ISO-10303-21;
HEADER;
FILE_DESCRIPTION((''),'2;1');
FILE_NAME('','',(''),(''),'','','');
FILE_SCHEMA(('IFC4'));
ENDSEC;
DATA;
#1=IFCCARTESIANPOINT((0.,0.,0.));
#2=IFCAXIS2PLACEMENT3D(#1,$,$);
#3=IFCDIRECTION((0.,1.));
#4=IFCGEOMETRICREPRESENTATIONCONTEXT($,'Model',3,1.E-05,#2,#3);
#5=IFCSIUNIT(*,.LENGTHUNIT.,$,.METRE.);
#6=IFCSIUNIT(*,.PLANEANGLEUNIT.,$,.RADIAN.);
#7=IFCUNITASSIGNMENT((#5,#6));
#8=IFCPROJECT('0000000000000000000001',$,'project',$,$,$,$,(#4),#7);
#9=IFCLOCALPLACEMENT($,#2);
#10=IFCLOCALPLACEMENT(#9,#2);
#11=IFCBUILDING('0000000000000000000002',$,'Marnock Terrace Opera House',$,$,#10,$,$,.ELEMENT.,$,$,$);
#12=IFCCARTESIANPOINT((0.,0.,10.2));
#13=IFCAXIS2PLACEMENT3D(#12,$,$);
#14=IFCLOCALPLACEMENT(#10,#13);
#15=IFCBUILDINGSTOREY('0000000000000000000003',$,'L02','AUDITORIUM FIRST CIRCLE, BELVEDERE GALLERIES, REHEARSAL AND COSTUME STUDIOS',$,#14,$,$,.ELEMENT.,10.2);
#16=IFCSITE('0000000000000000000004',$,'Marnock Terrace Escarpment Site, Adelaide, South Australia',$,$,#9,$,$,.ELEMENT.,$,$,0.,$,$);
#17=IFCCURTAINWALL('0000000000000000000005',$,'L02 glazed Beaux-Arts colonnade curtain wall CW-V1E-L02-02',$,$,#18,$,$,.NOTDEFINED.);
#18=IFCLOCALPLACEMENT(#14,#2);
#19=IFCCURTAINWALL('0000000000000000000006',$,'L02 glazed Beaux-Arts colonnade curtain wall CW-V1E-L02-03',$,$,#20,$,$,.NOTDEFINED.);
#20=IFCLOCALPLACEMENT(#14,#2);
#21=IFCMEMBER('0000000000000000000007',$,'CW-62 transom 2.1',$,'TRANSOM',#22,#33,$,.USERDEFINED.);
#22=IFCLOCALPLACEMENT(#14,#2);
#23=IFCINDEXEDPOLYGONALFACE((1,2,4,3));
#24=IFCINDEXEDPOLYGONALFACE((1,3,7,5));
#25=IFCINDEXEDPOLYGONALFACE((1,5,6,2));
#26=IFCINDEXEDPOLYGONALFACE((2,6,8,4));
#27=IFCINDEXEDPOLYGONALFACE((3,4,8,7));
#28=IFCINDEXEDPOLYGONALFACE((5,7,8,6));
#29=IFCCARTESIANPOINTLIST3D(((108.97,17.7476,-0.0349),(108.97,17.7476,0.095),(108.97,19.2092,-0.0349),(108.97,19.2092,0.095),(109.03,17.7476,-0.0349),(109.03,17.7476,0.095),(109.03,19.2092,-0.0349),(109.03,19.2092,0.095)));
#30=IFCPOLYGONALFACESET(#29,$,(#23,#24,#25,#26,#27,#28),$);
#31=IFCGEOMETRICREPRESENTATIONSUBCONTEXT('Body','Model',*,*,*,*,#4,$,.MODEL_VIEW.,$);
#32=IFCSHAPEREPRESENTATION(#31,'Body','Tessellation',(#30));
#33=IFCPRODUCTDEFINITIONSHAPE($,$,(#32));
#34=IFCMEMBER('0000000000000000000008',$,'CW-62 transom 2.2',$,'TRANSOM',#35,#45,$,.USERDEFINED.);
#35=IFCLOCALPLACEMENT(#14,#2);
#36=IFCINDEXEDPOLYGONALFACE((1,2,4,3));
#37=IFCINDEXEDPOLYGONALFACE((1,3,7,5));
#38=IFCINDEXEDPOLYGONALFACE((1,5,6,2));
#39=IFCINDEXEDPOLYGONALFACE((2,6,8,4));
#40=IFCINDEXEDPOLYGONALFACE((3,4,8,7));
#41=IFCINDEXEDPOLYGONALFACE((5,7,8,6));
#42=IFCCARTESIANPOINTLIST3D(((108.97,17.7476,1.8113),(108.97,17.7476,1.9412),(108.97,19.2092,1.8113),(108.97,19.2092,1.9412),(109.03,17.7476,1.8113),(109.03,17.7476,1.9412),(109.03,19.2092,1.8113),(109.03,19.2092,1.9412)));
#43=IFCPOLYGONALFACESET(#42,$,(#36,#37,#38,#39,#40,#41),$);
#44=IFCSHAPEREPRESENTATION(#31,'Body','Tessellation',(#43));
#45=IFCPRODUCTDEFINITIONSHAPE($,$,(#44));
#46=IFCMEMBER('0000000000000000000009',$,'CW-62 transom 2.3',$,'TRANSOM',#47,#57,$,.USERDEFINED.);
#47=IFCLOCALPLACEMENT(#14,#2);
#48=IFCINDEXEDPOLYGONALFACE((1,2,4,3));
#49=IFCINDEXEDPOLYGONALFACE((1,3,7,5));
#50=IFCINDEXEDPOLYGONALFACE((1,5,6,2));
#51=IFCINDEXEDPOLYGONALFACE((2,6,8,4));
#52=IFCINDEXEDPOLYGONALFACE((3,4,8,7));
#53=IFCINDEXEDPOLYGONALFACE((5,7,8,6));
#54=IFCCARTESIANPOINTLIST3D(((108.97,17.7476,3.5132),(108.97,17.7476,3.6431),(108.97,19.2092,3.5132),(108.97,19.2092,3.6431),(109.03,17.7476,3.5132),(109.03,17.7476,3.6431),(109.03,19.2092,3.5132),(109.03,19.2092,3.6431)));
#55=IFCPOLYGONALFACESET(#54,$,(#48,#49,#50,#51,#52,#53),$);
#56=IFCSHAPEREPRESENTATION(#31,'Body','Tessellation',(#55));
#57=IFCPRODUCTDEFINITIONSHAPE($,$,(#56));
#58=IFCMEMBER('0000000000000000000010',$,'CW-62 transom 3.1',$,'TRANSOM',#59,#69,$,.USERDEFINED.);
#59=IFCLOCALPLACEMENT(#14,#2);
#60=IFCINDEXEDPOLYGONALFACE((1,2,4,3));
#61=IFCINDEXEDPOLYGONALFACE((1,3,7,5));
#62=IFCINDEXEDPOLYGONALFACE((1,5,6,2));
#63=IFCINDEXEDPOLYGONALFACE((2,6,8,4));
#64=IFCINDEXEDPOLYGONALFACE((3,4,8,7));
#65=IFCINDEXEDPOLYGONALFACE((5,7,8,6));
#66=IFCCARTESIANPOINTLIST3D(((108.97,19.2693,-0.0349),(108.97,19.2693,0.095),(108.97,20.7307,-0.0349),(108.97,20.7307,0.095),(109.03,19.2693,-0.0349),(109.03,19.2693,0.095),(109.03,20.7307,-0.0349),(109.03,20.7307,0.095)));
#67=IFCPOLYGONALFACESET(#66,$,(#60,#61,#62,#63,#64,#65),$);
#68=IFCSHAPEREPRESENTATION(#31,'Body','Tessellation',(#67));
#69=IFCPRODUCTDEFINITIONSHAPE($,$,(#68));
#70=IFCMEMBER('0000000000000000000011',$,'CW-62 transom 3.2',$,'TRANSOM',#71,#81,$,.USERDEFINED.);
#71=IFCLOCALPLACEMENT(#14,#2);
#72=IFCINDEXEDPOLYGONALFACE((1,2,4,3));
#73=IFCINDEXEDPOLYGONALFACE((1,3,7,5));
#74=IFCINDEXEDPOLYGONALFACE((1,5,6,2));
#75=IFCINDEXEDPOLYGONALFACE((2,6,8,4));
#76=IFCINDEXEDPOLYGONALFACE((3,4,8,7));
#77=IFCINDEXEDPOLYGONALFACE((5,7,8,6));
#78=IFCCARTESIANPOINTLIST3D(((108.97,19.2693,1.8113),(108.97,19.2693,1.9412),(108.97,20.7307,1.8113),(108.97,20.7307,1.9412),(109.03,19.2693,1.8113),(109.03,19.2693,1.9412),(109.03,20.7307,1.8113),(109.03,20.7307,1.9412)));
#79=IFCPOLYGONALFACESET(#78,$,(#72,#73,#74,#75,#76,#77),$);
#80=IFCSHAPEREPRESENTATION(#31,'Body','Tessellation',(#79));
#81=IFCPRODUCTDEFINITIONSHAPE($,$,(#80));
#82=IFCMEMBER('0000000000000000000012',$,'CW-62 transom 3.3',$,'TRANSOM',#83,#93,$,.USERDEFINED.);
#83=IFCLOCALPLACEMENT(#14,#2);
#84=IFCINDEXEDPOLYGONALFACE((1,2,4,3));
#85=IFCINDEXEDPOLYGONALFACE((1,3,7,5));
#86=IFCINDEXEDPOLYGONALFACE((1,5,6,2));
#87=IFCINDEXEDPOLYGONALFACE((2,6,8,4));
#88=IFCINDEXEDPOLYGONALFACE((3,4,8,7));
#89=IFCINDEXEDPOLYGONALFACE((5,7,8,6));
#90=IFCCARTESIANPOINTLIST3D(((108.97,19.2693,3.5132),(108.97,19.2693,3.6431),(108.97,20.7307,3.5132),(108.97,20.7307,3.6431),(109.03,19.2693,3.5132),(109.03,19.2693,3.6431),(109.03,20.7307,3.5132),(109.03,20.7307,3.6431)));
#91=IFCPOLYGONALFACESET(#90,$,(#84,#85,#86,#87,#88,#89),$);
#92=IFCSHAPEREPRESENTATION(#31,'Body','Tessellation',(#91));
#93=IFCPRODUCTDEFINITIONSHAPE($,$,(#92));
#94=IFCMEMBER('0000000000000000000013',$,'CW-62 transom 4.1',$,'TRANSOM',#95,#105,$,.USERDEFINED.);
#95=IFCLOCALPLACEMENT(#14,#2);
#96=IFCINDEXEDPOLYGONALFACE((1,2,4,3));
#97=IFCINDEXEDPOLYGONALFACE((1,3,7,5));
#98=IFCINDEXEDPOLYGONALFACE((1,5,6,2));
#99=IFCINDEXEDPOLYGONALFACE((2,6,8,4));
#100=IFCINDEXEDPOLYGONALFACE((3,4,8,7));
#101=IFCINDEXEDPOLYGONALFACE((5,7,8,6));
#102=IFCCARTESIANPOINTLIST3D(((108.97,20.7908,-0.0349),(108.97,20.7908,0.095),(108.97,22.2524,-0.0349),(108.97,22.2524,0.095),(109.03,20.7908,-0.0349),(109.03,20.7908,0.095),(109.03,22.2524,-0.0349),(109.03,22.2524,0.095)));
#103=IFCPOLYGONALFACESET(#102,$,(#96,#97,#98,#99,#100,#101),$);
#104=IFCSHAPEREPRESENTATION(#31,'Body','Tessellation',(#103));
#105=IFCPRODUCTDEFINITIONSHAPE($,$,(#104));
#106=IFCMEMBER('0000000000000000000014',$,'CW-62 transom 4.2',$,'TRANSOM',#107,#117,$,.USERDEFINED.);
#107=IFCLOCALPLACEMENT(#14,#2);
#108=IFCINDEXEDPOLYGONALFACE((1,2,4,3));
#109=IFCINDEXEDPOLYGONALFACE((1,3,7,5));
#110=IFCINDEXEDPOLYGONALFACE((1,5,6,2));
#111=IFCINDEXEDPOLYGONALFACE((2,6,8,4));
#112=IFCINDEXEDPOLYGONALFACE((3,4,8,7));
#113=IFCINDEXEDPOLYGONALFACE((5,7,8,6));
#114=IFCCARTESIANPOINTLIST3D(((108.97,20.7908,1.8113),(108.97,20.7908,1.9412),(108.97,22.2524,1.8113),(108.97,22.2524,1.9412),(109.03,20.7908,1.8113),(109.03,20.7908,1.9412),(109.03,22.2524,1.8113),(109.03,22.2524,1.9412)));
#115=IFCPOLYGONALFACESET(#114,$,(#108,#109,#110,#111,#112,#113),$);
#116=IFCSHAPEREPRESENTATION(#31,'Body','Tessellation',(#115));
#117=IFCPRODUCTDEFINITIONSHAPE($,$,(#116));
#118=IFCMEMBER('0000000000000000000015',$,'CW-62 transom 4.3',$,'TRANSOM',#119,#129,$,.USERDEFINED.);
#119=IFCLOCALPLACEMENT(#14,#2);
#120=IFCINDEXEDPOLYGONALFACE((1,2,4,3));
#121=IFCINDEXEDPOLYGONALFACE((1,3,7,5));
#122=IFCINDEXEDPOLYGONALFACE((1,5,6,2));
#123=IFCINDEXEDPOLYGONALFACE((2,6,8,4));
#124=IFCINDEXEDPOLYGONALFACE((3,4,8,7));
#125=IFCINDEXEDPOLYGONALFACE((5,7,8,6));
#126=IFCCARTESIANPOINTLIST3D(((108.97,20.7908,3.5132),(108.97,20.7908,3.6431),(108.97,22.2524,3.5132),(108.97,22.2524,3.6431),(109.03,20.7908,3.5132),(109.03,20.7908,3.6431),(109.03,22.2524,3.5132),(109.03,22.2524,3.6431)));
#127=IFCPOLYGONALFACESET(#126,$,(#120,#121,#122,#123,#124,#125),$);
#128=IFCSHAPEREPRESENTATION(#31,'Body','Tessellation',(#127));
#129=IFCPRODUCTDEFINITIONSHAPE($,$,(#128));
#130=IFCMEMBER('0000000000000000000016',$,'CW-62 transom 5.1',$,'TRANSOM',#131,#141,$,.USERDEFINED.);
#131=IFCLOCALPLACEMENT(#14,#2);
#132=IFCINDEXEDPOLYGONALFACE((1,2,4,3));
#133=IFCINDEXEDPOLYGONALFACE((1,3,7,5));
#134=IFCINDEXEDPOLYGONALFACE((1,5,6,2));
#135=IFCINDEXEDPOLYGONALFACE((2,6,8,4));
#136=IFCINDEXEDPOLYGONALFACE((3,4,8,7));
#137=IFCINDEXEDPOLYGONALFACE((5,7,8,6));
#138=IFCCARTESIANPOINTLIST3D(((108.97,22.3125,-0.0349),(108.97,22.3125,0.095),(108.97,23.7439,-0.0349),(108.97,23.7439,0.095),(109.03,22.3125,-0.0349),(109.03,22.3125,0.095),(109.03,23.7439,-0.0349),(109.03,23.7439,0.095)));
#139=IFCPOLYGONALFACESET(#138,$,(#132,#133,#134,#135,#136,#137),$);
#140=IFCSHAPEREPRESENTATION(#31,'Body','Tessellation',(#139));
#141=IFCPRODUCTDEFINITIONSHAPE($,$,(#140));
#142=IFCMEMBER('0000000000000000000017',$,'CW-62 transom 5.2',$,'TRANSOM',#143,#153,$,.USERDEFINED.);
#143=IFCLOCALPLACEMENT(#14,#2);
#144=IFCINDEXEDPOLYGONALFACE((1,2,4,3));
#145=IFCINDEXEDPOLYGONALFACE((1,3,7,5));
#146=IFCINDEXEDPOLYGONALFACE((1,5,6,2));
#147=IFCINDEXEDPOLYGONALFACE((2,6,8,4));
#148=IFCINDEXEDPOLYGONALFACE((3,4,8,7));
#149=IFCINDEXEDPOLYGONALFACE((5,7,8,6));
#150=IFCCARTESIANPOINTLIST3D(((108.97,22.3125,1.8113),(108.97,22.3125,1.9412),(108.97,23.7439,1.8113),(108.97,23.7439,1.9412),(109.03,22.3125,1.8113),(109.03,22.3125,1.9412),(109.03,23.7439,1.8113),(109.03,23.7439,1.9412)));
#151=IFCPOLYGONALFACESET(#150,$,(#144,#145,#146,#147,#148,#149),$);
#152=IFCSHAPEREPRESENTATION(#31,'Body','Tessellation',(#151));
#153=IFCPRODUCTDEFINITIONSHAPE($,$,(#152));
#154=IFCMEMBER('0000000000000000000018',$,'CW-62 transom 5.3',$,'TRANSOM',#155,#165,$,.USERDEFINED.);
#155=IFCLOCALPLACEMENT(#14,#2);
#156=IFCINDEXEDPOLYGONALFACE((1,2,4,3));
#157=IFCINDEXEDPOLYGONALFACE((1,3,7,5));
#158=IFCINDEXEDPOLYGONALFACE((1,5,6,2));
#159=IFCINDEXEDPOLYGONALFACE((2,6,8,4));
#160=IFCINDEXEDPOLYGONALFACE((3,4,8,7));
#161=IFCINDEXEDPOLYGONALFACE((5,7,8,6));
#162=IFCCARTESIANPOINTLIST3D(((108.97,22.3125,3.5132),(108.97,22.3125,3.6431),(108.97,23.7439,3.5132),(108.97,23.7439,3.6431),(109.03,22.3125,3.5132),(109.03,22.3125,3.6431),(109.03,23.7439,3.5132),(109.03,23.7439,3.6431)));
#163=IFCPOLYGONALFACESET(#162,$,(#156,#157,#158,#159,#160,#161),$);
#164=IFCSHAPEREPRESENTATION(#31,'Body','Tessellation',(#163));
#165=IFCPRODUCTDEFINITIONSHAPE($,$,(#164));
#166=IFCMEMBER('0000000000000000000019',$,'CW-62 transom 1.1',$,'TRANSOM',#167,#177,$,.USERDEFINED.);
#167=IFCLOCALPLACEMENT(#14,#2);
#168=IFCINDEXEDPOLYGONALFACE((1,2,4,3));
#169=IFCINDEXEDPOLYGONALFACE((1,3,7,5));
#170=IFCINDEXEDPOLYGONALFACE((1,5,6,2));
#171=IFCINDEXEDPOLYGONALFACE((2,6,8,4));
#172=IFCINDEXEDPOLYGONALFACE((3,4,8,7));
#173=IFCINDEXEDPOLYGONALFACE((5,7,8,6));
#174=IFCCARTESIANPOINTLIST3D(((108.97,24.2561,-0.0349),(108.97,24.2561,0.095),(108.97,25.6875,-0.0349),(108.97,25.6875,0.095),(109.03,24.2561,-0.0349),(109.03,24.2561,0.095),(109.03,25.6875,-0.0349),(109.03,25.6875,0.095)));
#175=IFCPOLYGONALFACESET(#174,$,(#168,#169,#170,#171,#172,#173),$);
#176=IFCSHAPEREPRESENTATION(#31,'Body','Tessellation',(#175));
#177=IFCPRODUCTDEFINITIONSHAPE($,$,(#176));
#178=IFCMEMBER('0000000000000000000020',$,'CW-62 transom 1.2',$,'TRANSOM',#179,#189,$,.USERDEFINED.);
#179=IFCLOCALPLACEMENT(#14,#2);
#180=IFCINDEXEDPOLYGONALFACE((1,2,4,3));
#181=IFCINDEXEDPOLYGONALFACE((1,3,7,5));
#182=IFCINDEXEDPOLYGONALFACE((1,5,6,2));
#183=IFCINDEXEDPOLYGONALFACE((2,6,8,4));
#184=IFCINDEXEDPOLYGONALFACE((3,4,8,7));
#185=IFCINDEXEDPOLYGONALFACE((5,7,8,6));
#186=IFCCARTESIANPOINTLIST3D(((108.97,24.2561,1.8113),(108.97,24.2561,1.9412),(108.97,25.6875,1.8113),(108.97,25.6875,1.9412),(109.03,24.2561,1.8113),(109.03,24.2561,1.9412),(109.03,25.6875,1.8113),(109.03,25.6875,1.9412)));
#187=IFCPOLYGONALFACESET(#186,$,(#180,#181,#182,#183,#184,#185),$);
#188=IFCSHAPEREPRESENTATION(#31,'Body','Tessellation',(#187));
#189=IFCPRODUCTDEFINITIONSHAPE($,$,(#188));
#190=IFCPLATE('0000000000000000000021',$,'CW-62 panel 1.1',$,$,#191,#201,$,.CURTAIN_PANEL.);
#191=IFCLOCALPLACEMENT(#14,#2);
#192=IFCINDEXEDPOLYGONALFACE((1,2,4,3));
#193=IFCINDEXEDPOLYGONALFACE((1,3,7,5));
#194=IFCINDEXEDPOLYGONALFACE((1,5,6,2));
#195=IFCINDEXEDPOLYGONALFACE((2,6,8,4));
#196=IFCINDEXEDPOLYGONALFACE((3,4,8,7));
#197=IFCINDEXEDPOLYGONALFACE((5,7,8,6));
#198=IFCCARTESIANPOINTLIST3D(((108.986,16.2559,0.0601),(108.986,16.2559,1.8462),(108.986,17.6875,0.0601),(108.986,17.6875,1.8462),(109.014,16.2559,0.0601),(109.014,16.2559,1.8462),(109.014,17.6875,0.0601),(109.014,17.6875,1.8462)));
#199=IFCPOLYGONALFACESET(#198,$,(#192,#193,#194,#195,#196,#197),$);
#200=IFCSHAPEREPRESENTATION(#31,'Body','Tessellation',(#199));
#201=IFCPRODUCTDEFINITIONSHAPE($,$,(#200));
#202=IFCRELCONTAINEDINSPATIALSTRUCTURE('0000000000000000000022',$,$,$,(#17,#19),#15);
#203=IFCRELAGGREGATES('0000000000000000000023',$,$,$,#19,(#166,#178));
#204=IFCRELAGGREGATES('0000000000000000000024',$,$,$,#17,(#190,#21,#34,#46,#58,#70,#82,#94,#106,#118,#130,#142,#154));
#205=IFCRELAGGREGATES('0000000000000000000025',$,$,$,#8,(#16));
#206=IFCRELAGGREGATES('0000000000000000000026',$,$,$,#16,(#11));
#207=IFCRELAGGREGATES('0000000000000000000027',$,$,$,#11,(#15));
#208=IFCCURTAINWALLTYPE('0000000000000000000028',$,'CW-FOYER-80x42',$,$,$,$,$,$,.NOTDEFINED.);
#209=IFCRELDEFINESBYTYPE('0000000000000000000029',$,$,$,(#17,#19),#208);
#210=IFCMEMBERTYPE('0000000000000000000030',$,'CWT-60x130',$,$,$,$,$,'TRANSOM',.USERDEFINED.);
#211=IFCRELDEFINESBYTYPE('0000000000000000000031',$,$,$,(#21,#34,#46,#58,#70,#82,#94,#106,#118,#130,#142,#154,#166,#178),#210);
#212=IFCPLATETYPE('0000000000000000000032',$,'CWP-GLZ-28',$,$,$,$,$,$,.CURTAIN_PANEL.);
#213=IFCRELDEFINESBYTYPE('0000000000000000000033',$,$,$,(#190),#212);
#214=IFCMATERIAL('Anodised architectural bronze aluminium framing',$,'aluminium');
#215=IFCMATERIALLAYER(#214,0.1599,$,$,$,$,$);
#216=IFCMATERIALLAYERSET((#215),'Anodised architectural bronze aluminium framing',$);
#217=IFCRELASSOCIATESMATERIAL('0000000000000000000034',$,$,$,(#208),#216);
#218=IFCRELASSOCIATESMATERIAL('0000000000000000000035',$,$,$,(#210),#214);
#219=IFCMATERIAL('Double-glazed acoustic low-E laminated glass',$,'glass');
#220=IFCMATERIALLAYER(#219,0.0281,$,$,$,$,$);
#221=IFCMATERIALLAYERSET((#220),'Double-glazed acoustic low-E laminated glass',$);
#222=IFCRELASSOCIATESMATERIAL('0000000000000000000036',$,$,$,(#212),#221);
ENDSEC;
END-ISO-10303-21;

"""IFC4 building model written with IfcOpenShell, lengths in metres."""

from ifc_helpers import new_model, si_unit, direction, frame, origin, origin_2d, place, context, subcontext, project, spatial, rectangle, extrude, material, layer, layer_set, material_profile, profile_set, type_object, element, aggregate, save


model = new_model("IFC4")

# Units and contexts
model_context = context("Model", 3, precision=1e-05, world=origin(), true_north=direction((0.0, 1.0)))
body_context = subcontext(model_context, "Body", "Model", "MODEL_VIEW")
ifc_project = project(units=[si_unit("LENGTHUNIT", "METRE"), si_unit("PLANEANGLEUNIT", "RADIAN")], contexts=[model_context])

# Site, building, storey
site_placement = place(None, origin())
site = spatial("IfcSite", under=ifc_project, at=site_placement, Name="Marnock Terrace Escarpment Site, Adelaide, South Australia", CompositionType="ELEMENT", RefElevation=0.0)
building_placement = place(site_placement, origin())
building = spatial("IfcBuilding", under=site, at=building_placement, Name="Marnock Terrace Opera House", CompositionType="ELEMENT")
storey_placement = place(building_placement, frame((0.0, 0.0, 10.2)))
storey = spatial("IfcBuildingStorey", under=building, at=storey_placement, Name="L02", Description="AUDITORIUM FIRST CIRCLE, BELVEDERE GALLERIES, REHEARSAL AND COSTUME STUDIOS", CompositionType="ELEMENT", Elevation=10.2)

# Curtain wall
ifc_material_1 = material(Name="Anodised architectural bronze aluminium framing", Category="aluminium")
ifc_layer_1 = layer(ifc_material_1, 0.1599)
ifc_layer_set_1 = layer_set([ifc_layer_1], Name="Anodised architectural bronze aluminium framing")
curtain_wall_type = type_object("IfcCurtainWallType", Name="CW-FOYER-80x42", PredefinedType="NOTDEFINED", material=ifc_layer_set_1)
curtain_wall_1_placement = place(storey_placement, origin())
curtain_wall_1 = element("IfcCurtainWall", 1, at=curtain_wall_1_placement, inside=storey, type_object=curtain_wall_type, Name="L02 glazed Beaux-Arts colonnade curtain wall CW-V1E-L02-02", PredefinedType="NOTDEFINED")

# Curtain wall
curtain_wall_2_placement = place(storey_placement, origin())
curtain_wall_2 = element("IfcCurtainWall", 2, at=curtain_wall_2_placement, inside=storey, type_object=curtain_wall_type, Name="L02 glazed Beaux-Arts colonnade curtain wall CW-V1E-L02-03", PredefinedType="NOTDEFINED")

# Members
ifc_material_profile_1 = material_profile(ifc_material_1, rectangle(XDim=0.0601, YDim=0.1299, at=origin_2d()))
ifc_profile_set_1 = profile_set([ifc_material_profile_1], Name="Anodised architectural bronze aluminium framing")
member_type_1 = type_object("IfcMemberType", Name="CWT-60x130", ElementType="TRANSOM", PredefinedType="USERDEFINED", material=ifc_profile_set_1)
member_1_placement = place(storey_placement, frame((109.0, 17.7476, 0.03), z_axis=(0.0, 1.0, 0.0), x_axis=(-1.0, 0.0, 0.0)))
member_1 = element("IfcMember", 3, at=member_1_placement, type_object=member_type_1, Name="CW-62 transom 2.1", ObjectType="TRANSOM", PredefinedType="USERDEFINED", context=body_context, shape_type="SweptSolid", body=[
    extrude(rectangle(XDim=0.0601, YDim=0.1299, at=origin_2d()), origin(), (0.0, 0.0, 1.0), 1.4617),
])
member_2_placement = place(storey_placement, frame((109.0, 17.7476, 1.8762), z_axis=(0.0, 1.0, 0.0), x_axis=(-1.0, 0.0, 0.0)))
member_2 = element("IfcMember", 4, at=member_2_placement, type_object=member_type_1, Name="CW-62 transom 2.2", ObjectType="TRANSOM", PredefinedType="USERDEFINED", context=body_context, shape_type="SweptSolid", body=[
    extrude(rectangle(XDim=0.0601, YDim=0.1299, at=origin_2d()), origin(), (0.0, 0.0, 1.0), 1.4617),
])
member_3_placement = place(storey_placement, frame((109.0, 17.7476, 3.5781), z_axis=(0.0, 1.0, 0.0), x_axis=(-1.0, 0.0, 0.0)))
member_3 = element("IfcMember", 5, at=member_3_placement, type_object=member_type_1, Name="CW-62 transom 2.3", ObjectType="TRANSOM", PredefinedType="USERDEFINED", context=body_context, shape_type="SweptSolid", body=[
    extrude(rectangle(XDim=0.0601, YDim=0.1299, at=origin_2d()), origin(), (0.0, 0.0, 1.0), 1.4617),
])
member_4_placement = place(storey_placement, frame((109.0, 19.2693, 0.03), z_axis=(0.0, 1.0, 0.0), x_axis=(-1.0, 0.0, 0.0)))
member_4 = element("IfcMember", 6, at=member_4_placement, type_object=member_type_1, Name="CW-62 transom 3.1", ObjectType="TRANSOM", PredefinedType="USERDEFINED", context=body_context, shape_type="SweptSolid", body=[
    extrude(rectangle(XDim=0.0601, YDim=0.1299, at=origin_2d()), origin(), (0.0, 0.0, 1.0), 1.4614),
])
member_5_placement = place(storey_placement, frame((109.0, 19.2693, 1.8762), z_axis=(0.0, 1.0, 0.0), x_axis=(-1.0, 0.0, 0.0)))
member_5 = element("IfcMember", 7, at=member_5_placement, type_object=member_type_1, Name="CW-62 transom 3.2", ObjectType="TRANSOM", PredefinedType="USERDEFINED", context=body_context, shape_type="SweptSolid", body=[
    extrude(rectangle(XDim=0.0601, YDim=0.1299, at=origin_2d()), origin(), (0.0, 0.0, 1.0), 1.4614),
])
member_6_placement = place(storey_placement, frame((109.0, 19.2693, 3.5781), z_axis=(0.0, 1.0, 0.0), x_axis=(-1.0, 0.0, 0.0)))
member_6 = element("IfcMember", 8, at=member_6_placement, type_object=member_type_1, Name="CW-62 transom 3.3", ObjectType="TRANSOM", PredefinedType="USERDEFINED", context=body_context, shape_type="SweptSolid", body=[
    extrude(rectangle(XDim=0.0601, YDim=0.1299, at=origin_2d()), origin(), (0.0, 0.0, 1.0), 1.4614),
])
member_7_placement = place(storey_placement, frame((109.0, 20.7908, 0.03), z_axis=(0.0, 1.0, 0.0), x_axis=(-1.0, 0.0, 0.0)))
member_7 = element("IfcMember", 9, at=member_7_placement, type_object=member_type_1, Name="CW-62 transom 4.1", ObjectType="TRANSOM", PredefinedType="USERDEFINED", context=body_context, shape_type="SweptSolid", body=[
    extrude(rectangle(XDim=0.0601, YDim=0.1299, at=origin_2d()), origin(), (0.0, 0.0, 1.0), 1.4617),
])
member_8_placement = place(storey_placement, frame((109.0, 20.7908, 1.8762), z_axis=(0.0, 1.0, 0.0), x_axis=(-1.0, 0.0, 0.0)))
member_8 = element("IfcMember", 10, at=member_8_placement, type_object=member_type_1, Name="CW-62 transom 4.2", ObjectType="TRANSOM", PredefinedType="USERDEFINED", context=body_context, shape_type="SweptSolid", body=[
    extrude(rectangle(XDim=0.0601, YDim=0.1299, at=origin_2d()), origin(), (0.0, 0.0, 1.0), 1.4617),
])
member_9_placement = place(storey_placement, frame((109.0, 20.7908, 3.5781), z_axis=(0.0, 1.0, 0.0), x_axis=(-1.0, 0.0, 0.0)))
member_9 = element("IfcMember", 11, at=member_9_placement, type_object=member_type_1, Name="CW-62 transom 4.3", ObjectType="TRANSOM", PredefinedType="USERDEFINED", context=body_context, shape_type="SweptSolid", body=[
    extrude(rectangle(XDim=0.0601, YDim=0.1299, at=origin_2d()), origin(), (0.0, 0.0, 1.0), 1.4617),
])
member_10_placement = place(storey_placement, frame((109.0, 22.3125, 0.03), z_axis=(0.0, 1.0, 0.0), x_axis=(-1.0, 0.0, 0.0)))
member_10 = element("IfcMember", 12, at=member_10_placement, type_object=member_type_1, Name="CW-62 transom 5.1", ObjectType="TRANSOM", PredefinedType="USERDEFINED", context=body_context, shape_type="SweptSolid", body=[
    extrude(rectangle(XDim=0.0601, YDim=0.1299, at=origin_2d()), origin(), (0.0, 0.0, 1.0), 1.4314),
])
member_11_placement = place(storey_placement, frame((109.0, 22.3125, 1.8762), z_axis=(0.0, 1.0, 0.0), x_axis=(-1.0, 0.0, 0.0)))
member_11 = element("IfcMember", 13, at=member_11_placement, type_object=member_type_1, Name="CW-62 transom 5.2", ObjectType="TRANSOM", PredefinedType="USERDEFINED", context=body_context, shape_type="SweptSolid", body=[
    extrude(rectangle(XDim=0.0601, YDim=0.1299, at=origin_2d()), origin(), (0.0, 0.0, 1.0), 1.4314),
])
member_12_placement = place(storey_placement, frame((109.0, 22.3125, 3.5781), z_axis=(0.0, 1.0, 0.0), x_axis=(-1.0, 0.0, 0.0)))
member_12 = element("IfcMember", 14, at=member_12_placement, type_object=member_type_1, Name="CW-62 transom 5.3", ObjectType="TRANSOM", PredefinedType="USERDEFINED", context=body_context, shape_type="SweptSolid", body=[
    extrude(rectangle(XDim=0.0601, YDim=0.1299, at=origin_2d()), origin(), (0.0, 0.0, 1.0), 1.4314),
])
member_13_placement = place(storey_placement, frame((109.0, 24.2561, 0.03), z_axis=(0.0, 1.0, 0.0), x_axis=(-1.0, 0.0, 0.0)))
member_13 = element("IfcMember", 15, at=member_13_placement, type_object=member_type_1, Name="CW-62 transom 1.1", ObjectType="TRANSOM", PredefinedType="USERDEFINED", context=body_context, shape_type="SweptSolid", body=[
    extrude(rectangle(XDim=0.0601, YDim=0.1299, at=origin_2d()), origin(), (0.0, 0.0, 1.0), 1.4314),
])
member_14_placement = place(storey_placement, frame((109.0, 24.2561, 1.8762), z_axis=(0.0, 1.0, 0.0), x_axis=(-1.0, 0.0, 0.0)))
member_14 = element("IfcMember", 16, at=member_14_placement, type_object=member_type_1, Name="CW-62 transom 1.2", ObjectType="TRANSOM", PredefinedType="USERDEFINED", context=body_context, shape_type="SweptSolid", body=[
    extrude(rectangle(XDim=0.0601, YDim=0.1299, at=origin_2d()), origin(), (0.0, 0.0, 1.0), 1.4314),
])
aggregate(curtain_wall_2, [member_13, member_14])

# Plate
ifc_material_2 = material(Name="Double-glazed acoustic low-E laminated glass", Category="glass")
ifc_layer_2 = layer(ifc_material_2, 0.0281)
ifc_layer_set_2 = layer_set([ifc_layer_2], Name="Double-glazed acoustic low-E laminated glass")
plate_type = type_object("IfcPlateType", Name="CWP-GLZ-28", PredefinedType="CURTAIN_PANEL", material=ifc_layer_set_2)
plate_1_placement = place(storey_placement, frame((109.0, 16.9717, 0.0601), z_axis=(0.0, 0.0, 1.0), x_axis=(0.0, 1.0, 0.0)))
plate_1 = element("IfcPlate", 17, at=plate_1_placement, type_object=plate_type, Name="CW-62 panel 1.1", PredefinedType="CURTAIN_PANEL", context=body_context, shape_type="SweptSolid", body=[
    extrude(rectangle(XDim=1.4316, YDim=0.0281, at=origin_2d()), origin(), (0.0, 0.0, 1.0), 1.7861),
])
aggregate(curtain_wall_1, [plate_1, member_1, member_2, member_3, member_4, member_5, member_6, member_7, member_8, member_9, member_10, member_11, member_12])

save(model, "model.ifc")
